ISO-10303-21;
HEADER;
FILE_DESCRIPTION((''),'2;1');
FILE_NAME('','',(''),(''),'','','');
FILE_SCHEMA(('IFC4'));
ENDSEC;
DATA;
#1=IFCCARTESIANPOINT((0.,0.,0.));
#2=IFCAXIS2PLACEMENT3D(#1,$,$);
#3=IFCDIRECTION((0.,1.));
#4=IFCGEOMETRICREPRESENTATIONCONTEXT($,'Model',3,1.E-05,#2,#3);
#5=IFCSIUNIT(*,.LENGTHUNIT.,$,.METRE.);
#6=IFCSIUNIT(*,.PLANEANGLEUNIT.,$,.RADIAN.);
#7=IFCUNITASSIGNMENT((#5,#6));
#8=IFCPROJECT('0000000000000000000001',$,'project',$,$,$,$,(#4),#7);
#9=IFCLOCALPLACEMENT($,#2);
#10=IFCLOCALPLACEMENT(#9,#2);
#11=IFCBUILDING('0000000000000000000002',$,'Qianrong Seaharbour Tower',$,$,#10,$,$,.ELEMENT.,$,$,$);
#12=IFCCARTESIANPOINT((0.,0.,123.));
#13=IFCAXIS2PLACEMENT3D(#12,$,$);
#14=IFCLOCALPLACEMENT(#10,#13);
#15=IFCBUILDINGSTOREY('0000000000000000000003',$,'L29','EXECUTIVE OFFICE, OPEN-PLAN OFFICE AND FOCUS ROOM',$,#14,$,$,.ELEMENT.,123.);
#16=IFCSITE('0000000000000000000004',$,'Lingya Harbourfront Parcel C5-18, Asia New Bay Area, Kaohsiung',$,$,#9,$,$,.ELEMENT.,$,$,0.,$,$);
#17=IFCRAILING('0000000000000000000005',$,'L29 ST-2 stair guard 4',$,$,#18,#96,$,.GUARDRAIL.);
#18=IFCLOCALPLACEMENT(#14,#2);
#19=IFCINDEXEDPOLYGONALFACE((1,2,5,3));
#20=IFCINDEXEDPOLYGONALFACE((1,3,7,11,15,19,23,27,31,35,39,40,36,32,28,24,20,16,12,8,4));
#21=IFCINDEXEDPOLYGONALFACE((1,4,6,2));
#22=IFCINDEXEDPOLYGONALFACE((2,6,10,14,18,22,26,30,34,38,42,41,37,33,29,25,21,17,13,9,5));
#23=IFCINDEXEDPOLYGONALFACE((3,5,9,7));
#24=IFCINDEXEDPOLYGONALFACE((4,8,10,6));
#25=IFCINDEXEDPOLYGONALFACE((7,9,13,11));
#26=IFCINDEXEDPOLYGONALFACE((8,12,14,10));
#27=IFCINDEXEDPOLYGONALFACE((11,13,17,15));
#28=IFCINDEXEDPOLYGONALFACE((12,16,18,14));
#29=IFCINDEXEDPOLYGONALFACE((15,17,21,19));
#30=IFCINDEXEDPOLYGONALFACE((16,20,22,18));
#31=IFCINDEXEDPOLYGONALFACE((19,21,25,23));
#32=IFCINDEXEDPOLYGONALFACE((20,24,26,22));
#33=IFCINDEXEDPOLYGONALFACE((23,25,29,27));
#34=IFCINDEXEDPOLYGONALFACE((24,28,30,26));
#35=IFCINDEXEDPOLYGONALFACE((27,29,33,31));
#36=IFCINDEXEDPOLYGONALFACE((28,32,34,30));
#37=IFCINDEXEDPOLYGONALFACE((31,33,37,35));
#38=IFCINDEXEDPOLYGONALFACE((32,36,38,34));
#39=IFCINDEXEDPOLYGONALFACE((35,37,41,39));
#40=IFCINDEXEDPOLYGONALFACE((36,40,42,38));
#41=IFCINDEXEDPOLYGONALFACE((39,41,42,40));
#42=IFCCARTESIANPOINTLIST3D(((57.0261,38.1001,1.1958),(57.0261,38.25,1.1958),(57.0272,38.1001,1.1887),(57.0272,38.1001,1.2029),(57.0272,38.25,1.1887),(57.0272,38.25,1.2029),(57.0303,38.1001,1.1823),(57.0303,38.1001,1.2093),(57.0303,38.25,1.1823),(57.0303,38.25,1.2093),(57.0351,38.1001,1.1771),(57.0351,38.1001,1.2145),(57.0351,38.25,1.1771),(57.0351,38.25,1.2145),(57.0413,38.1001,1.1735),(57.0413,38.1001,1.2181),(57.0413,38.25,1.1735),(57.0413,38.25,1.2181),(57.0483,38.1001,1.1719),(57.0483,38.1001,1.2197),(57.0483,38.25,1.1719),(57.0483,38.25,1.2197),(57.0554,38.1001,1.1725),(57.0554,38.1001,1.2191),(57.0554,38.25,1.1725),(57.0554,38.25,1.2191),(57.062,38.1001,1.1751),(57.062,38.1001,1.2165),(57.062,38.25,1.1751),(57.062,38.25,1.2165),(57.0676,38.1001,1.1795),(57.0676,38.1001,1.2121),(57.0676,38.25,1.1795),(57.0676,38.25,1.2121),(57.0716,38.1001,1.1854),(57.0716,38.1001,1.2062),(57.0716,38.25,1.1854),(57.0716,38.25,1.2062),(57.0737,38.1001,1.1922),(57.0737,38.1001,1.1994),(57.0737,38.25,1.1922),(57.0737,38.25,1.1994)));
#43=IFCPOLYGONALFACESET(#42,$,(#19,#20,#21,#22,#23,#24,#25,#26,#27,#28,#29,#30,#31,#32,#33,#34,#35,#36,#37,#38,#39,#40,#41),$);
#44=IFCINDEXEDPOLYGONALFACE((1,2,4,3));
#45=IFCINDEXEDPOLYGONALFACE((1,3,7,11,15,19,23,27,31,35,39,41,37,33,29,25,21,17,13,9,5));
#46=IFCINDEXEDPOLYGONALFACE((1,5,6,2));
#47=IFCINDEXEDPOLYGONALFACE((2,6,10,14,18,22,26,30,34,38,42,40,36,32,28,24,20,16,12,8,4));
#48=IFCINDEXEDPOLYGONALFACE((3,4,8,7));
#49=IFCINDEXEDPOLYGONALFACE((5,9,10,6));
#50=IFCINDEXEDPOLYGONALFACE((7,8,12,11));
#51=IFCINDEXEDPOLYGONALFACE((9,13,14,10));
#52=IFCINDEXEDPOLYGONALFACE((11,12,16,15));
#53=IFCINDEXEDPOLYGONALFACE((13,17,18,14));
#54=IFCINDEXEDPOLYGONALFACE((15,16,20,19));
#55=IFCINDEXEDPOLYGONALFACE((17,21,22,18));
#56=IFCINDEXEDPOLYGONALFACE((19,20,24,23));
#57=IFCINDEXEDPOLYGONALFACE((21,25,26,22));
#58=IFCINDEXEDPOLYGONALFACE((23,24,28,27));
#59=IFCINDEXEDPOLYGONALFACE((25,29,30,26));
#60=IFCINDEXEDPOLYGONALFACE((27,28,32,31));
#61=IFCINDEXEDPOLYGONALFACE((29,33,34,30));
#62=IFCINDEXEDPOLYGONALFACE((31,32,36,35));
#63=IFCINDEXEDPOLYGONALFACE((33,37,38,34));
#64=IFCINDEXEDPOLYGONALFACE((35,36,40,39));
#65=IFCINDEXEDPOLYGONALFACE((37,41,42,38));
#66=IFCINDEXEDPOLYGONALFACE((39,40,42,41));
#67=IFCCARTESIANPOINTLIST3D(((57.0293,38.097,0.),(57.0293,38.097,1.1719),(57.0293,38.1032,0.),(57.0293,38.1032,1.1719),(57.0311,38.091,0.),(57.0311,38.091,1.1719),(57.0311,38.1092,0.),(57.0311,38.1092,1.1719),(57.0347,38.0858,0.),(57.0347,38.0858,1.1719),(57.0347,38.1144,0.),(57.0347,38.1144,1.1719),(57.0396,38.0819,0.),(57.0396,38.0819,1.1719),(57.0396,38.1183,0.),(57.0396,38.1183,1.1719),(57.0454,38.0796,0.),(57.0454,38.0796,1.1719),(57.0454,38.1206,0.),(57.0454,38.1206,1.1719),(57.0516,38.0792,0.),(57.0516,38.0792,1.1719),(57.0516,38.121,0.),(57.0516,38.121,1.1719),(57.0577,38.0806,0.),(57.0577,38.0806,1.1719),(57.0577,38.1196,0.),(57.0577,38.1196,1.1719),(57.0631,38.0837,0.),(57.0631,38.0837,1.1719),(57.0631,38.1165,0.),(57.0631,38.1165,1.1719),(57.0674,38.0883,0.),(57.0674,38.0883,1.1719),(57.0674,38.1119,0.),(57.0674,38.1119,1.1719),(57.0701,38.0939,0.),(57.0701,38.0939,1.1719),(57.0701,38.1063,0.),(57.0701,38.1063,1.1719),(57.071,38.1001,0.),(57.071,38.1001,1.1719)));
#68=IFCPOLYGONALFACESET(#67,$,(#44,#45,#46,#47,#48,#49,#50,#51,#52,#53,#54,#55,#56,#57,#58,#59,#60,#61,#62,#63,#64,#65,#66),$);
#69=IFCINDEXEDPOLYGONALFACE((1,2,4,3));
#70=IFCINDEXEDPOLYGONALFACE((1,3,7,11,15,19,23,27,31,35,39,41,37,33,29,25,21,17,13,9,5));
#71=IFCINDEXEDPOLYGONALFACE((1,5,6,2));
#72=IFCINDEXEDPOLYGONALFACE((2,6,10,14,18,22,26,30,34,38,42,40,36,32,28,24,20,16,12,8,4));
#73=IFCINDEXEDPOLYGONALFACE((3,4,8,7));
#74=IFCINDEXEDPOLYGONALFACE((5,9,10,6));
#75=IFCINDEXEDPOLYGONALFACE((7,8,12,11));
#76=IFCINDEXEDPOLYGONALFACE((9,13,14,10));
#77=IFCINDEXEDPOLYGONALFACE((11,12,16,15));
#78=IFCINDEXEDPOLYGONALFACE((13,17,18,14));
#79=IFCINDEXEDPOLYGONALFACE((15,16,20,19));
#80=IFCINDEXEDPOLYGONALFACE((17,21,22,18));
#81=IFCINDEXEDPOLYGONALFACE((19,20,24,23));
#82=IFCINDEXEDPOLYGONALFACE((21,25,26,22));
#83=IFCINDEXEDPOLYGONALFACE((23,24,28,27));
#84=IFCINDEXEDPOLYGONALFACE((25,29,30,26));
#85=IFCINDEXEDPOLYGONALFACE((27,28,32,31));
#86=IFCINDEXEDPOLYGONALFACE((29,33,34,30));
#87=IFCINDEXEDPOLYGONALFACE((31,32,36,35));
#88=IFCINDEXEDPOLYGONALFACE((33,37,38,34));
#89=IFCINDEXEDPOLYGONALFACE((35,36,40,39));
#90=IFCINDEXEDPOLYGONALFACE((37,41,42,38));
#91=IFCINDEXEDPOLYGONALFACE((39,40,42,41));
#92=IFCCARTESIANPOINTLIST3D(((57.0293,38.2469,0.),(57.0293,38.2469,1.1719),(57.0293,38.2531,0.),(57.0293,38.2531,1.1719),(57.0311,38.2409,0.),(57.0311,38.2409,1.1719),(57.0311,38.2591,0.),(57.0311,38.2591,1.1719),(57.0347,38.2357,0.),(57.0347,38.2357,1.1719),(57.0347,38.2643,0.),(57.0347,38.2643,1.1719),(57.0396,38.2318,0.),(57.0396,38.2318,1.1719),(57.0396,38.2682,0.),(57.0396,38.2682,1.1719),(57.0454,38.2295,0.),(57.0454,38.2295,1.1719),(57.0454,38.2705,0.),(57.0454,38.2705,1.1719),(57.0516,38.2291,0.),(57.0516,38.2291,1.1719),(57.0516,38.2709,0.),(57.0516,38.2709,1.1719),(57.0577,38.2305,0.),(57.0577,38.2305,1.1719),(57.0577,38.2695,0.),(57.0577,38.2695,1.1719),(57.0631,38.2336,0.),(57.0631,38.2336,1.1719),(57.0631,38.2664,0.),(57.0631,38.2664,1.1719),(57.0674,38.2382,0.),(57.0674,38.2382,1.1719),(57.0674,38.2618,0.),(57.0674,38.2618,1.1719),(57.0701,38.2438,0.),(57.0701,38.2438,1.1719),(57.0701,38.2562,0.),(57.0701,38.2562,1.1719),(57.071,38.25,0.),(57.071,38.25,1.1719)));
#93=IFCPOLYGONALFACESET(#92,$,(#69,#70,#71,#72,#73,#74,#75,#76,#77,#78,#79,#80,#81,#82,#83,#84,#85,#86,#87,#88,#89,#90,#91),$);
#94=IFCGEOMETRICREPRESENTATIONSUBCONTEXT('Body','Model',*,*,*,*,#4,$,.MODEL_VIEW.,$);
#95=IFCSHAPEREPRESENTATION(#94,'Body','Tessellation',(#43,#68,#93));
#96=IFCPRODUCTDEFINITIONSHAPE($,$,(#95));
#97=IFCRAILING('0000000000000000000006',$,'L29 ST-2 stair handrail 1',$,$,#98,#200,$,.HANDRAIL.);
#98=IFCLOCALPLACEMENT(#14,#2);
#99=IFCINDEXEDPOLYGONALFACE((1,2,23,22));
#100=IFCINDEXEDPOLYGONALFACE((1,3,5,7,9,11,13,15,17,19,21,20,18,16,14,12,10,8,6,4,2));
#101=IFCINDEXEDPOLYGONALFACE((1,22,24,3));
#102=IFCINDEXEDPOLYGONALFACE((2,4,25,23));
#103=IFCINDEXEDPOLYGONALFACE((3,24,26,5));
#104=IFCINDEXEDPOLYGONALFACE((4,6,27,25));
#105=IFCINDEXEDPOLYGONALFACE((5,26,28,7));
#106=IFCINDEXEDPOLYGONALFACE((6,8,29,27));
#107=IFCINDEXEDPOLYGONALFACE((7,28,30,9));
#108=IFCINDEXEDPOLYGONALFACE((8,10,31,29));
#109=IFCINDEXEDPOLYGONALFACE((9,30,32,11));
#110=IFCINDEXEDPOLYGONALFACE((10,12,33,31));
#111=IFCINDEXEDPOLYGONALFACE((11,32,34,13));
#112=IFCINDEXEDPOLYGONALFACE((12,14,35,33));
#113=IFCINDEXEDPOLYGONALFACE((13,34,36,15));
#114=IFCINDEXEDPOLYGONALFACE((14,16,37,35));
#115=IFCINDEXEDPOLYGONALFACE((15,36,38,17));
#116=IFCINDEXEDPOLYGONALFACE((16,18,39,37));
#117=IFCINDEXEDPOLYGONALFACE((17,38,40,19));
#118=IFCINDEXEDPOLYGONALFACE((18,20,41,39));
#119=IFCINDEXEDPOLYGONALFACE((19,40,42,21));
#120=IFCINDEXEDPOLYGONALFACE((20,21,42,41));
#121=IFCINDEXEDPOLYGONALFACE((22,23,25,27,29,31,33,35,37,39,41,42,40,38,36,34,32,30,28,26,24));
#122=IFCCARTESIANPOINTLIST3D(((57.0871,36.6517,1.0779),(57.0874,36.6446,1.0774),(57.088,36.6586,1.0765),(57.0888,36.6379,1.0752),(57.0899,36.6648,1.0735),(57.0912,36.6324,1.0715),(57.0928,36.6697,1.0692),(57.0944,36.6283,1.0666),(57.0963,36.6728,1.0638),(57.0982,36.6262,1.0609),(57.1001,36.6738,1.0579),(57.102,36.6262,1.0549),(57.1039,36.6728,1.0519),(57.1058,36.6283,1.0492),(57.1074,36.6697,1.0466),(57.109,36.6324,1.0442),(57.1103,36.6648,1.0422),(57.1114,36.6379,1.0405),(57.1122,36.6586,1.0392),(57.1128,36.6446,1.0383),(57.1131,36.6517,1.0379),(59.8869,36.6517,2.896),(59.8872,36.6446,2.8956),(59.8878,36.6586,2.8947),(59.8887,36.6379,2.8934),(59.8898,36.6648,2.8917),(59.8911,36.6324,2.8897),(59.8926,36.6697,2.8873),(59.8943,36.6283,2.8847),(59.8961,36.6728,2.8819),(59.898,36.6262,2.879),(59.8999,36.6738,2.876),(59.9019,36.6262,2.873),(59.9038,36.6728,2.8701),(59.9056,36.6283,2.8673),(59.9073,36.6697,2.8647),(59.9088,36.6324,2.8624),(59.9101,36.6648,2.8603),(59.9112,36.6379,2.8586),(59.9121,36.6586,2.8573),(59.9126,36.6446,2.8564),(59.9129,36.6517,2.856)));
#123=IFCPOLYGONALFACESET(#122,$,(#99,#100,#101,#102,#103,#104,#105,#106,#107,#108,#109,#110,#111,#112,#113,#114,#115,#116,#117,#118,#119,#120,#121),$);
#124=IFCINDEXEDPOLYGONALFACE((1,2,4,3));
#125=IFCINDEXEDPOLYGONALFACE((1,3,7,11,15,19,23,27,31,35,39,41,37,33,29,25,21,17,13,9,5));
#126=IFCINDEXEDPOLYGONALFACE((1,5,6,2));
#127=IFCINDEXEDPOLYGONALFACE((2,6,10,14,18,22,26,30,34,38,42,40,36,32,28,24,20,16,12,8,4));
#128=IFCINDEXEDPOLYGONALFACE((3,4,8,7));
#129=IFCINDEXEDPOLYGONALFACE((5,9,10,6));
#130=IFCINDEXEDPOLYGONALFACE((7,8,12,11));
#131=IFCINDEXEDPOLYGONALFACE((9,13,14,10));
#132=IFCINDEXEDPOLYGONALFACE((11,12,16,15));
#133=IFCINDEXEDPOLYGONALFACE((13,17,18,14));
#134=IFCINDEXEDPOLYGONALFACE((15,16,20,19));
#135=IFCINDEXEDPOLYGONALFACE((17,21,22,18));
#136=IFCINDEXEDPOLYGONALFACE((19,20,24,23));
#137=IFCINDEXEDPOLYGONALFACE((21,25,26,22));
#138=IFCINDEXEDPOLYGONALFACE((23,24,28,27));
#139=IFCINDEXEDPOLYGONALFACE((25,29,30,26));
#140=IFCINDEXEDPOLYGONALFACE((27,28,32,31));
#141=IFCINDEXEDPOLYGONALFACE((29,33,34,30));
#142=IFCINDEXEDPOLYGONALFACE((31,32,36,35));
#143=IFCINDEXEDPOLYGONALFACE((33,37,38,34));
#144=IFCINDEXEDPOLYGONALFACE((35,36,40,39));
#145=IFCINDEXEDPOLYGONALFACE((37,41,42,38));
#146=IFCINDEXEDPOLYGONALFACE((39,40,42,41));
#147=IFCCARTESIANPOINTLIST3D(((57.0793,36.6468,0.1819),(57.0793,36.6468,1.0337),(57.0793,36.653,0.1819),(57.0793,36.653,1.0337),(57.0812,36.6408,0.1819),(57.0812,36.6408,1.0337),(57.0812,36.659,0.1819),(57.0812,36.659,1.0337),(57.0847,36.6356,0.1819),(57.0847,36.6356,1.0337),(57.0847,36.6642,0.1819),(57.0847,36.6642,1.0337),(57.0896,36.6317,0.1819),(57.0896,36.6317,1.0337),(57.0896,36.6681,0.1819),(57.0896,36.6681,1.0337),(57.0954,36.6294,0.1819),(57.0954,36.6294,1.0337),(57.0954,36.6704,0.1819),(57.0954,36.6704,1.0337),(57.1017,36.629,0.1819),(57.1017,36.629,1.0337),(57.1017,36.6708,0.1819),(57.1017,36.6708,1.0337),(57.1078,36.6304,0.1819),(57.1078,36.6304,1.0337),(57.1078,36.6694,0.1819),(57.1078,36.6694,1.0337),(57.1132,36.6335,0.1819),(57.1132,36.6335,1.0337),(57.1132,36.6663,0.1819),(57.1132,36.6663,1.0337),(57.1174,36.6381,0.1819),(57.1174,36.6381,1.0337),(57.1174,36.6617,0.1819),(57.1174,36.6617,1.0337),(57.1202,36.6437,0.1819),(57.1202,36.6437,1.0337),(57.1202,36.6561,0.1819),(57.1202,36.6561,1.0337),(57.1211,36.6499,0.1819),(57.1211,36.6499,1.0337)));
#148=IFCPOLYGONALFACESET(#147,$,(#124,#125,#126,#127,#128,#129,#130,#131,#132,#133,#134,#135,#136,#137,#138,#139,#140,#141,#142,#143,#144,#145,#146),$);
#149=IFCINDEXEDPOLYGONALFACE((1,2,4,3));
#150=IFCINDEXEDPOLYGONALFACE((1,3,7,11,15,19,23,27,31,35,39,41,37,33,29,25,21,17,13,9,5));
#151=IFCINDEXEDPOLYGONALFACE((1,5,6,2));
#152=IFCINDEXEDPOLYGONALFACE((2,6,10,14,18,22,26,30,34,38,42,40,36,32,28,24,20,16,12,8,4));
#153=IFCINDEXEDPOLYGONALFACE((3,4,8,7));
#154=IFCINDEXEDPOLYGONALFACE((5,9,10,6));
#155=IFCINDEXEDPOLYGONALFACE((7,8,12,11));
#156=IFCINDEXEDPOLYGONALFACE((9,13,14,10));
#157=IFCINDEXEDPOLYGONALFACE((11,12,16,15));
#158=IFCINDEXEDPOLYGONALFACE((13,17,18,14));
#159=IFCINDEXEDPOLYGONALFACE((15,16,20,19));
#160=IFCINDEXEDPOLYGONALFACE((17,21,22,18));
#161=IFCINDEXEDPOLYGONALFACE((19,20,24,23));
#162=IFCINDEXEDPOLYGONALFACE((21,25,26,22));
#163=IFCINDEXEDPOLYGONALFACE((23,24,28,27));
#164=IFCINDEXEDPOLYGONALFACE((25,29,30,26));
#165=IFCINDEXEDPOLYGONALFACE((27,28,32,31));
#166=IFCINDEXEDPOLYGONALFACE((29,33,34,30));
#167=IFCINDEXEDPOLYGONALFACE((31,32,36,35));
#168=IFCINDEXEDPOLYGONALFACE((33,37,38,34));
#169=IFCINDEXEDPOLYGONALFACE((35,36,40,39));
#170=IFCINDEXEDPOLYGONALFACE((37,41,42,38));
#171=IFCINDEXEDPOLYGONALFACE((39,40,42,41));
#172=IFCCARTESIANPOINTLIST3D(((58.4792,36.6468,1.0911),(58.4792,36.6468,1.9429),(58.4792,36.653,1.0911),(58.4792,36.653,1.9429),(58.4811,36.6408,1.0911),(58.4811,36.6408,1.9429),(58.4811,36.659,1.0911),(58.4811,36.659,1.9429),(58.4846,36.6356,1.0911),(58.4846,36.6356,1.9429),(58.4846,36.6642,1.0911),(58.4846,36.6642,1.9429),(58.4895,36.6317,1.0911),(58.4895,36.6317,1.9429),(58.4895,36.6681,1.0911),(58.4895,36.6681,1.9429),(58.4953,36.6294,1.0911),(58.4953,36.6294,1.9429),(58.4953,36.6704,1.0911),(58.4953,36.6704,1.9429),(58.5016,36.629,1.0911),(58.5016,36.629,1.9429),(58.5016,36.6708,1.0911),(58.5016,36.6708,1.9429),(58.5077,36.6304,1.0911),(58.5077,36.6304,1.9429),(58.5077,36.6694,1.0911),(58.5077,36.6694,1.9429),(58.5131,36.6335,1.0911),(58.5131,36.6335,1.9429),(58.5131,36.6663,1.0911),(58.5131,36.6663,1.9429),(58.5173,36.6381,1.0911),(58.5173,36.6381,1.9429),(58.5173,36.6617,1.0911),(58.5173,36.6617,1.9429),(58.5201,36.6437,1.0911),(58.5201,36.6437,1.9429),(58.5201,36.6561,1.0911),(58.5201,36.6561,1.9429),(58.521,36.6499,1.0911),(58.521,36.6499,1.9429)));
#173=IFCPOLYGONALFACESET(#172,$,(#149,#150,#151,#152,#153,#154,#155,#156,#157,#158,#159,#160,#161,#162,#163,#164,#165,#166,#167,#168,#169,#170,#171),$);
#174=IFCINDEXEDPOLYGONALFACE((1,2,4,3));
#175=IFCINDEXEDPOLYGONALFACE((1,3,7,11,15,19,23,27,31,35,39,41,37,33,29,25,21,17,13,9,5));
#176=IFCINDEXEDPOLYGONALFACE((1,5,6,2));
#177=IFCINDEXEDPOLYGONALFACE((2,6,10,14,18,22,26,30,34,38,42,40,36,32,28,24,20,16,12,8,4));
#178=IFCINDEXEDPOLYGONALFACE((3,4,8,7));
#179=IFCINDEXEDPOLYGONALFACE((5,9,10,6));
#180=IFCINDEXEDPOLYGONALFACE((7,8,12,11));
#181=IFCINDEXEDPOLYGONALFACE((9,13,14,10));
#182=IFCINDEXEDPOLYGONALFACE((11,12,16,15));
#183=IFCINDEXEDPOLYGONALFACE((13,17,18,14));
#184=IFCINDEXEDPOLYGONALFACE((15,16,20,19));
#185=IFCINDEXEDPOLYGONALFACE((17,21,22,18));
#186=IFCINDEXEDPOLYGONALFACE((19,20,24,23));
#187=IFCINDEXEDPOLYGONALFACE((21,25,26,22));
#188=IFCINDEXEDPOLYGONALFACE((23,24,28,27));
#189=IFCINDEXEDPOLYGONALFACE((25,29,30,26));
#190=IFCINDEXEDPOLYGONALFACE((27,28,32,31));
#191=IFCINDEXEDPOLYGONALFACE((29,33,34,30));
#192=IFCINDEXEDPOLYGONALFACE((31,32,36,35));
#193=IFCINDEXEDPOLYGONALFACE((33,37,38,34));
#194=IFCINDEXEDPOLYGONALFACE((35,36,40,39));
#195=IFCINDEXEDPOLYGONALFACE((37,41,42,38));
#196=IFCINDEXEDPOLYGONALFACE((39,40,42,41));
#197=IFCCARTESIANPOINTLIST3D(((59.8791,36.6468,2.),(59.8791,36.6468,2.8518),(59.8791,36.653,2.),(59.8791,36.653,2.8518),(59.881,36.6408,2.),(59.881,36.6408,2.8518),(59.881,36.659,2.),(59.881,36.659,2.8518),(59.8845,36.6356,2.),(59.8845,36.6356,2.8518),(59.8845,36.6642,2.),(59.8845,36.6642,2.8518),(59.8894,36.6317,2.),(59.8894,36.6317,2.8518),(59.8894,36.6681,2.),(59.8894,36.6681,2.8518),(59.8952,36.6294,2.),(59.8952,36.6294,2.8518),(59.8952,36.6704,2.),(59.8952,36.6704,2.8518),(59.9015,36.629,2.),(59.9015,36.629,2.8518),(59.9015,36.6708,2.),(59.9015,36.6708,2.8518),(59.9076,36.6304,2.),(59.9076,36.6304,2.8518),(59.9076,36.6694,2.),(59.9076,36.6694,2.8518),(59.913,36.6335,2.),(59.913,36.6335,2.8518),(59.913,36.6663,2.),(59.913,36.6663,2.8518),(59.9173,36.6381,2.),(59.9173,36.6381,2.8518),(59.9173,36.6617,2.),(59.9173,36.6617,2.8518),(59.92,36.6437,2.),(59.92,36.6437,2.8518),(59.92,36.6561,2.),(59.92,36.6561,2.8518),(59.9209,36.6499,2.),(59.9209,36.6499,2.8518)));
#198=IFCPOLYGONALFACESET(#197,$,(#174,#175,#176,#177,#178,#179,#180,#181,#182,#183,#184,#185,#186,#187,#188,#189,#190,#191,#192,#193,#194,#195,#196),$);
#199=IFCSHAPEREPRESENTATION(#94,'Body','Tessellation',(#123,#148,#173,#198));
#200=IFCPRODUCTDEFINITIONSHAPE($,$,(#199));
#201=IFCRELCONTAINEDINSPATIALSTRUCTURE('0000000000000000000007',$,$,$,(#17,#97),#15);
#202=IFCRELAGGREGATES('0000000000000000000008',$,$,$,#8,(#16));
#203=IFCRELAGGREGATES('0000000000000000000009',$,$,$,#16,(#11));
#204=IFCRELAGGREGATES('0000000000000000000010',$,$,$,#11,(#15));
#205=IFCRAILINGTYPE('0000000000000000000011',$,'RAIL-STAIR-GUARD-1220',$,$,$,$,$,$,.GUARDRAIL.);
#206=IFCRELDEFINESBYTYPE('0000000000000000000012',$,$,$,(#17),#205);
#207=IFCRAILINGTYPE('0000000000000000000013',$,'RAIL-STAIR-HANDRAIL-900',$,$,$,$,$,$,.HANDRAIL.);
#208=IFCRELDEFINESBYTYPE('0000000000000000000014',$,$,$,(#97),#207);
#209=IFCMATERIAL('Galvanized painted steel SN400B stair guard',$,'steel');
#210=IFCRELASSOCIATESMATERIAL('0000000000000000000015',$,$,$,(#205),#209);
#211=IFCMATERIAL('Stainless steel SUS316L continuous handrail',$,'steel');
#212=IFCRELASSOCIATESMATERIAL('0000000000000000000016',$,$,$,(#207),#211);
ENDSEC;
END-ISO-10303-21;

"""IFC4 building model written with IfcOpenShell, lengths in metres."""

from ifc_helpers import new_model, si_unit, direction, frame, origin, origin_2d, place, context, subcontext, project, spatial, circle, extrude, material, type_object, element, save


model = new_model("IFC4")

# Units and contexts
model_context = context("Model", 3, precision=1e-05, world=origin(), true_north=direction((0.0, 1.0)))
body_context = subcontext(model_context, "Body", "Model", "MODEL_VIEW")
ifc_project = project(units=[si_unit("LENGTHUNIT", "METRE"), si_unit("PLANEANGLEUNIT", "RADIAN")], contexts=[model_context])

# Site, building, storey
site_placement = place(None, origin())
site = spatial("IfcSite", under=ifc_project, at=site_placement, Name="Lingya Harbourfront Parcel C5-18, Asia New Bay Area, Kaohsiung", CompositionType="ELEMENT", RefElevation=0.0)
building_placement = place(site_placement, origin())
building = spatial("IfcBuilding", under=site, at=building_placement, Name="Qianrong Seaharbour Tower", CompositionType="ELEMENT")
storey_placement = place(building_placement, frame((0.0, 0.0, 123.0)))
storey = spatial("IfcBuildingStorey", under=building, at=storey_placement, Name="L29", Description="EXECUTIVE OFFICE, OPEN-PLAN OFFICE AND FOCUS ROOM", CompositionType="ELEMENT", Elevation=123.0)

# Railings
ifc_material_1 = material(Name="Galvanized painted steel SN400B stair guard", Category="steel")
railing_type_1 = type_object("IfcRailingType", Name="RAIL-STAIR-GUARD-1220", PredefinedType="GUARDRAIL", material=ifc_material_1)
railing_1_placement = place(storey_placement, frame((57.05, 38.1001, 0.0)))
element("IfcRailing", 1, at=railing_1_placement, inside=storey, type_object=railing_type_1, Name="L29 ST-2 stair guard 4", PredefinedType="GUARDRAIL", context=body_context, shape_type="SweptSolid", body=[
    extrude(circle(Radius=0.0239, at=origin_2d()), frame((0.0, 0.0, 1.1958), z_axis=(0.0, 1.0, 0.0), x_axis=(-1.0, 0.0, 0.0)), (0.0, 0.0, 1.0), 0.1499),
    extrude(circle(Radius=0.021, at=origin_2d()), origin(), (0.0, 0.0, 1.0), 1.1719),
    extrude(circle(Radius=0.021, at=origin_2d()), frame((0.0, 0.1499, 0.0)), (0.0, 0.0, 1.0), 1.1719),
])
ifc_material_2 = material(Name="Stainless steel SUS316L continuous handrail", Category="steel")
railing_type_2 = type_object("IfcRailingType", Name="RAIL-STAIR-HANDRAIL-900", PredefinedType="HANDRAIL", material=ifc_material_2)
railing_2_placement = place(storey_placement, frame((57.1001, 36.6499, 0.1819)))
element("IfcRailing", 2, at=railing_2_placement, inside=storey, type_object=railing_type_2, Name="L29 ST-2 stair handrail 1", PredefinedType="HANDRAIL", context=body_context, shape_type="SweptSolid", body=[
    extrude(circle(Radius=0.0239, at=origin_2d()), frame((0.0, 0.0, 0.876), z_axis=(0.838684, 0.0, 0.544618), x_axis=(0.0, 1.0, 0.0)), (0.0, 0.0, 1.0), 3.3384),
    extrude(circle(Radius=0.021, at=origin_2d()), origin(), (0.0, 0.0, 1.0), 0.8518),
    extrude(circle(Radius=0.021, at=origin_2d()), frame((1.3999, 0.0, 0.9092)), (0.0, 0.0, 1.0), 0.8518),
    extrude(circle(Radius=0.021, at=origin_2d()), frame((2.7998, 0.0, 1.8181)), (0.0, 0.0, 1.0), 0.8518),
])

save(model, "model.ifc")
